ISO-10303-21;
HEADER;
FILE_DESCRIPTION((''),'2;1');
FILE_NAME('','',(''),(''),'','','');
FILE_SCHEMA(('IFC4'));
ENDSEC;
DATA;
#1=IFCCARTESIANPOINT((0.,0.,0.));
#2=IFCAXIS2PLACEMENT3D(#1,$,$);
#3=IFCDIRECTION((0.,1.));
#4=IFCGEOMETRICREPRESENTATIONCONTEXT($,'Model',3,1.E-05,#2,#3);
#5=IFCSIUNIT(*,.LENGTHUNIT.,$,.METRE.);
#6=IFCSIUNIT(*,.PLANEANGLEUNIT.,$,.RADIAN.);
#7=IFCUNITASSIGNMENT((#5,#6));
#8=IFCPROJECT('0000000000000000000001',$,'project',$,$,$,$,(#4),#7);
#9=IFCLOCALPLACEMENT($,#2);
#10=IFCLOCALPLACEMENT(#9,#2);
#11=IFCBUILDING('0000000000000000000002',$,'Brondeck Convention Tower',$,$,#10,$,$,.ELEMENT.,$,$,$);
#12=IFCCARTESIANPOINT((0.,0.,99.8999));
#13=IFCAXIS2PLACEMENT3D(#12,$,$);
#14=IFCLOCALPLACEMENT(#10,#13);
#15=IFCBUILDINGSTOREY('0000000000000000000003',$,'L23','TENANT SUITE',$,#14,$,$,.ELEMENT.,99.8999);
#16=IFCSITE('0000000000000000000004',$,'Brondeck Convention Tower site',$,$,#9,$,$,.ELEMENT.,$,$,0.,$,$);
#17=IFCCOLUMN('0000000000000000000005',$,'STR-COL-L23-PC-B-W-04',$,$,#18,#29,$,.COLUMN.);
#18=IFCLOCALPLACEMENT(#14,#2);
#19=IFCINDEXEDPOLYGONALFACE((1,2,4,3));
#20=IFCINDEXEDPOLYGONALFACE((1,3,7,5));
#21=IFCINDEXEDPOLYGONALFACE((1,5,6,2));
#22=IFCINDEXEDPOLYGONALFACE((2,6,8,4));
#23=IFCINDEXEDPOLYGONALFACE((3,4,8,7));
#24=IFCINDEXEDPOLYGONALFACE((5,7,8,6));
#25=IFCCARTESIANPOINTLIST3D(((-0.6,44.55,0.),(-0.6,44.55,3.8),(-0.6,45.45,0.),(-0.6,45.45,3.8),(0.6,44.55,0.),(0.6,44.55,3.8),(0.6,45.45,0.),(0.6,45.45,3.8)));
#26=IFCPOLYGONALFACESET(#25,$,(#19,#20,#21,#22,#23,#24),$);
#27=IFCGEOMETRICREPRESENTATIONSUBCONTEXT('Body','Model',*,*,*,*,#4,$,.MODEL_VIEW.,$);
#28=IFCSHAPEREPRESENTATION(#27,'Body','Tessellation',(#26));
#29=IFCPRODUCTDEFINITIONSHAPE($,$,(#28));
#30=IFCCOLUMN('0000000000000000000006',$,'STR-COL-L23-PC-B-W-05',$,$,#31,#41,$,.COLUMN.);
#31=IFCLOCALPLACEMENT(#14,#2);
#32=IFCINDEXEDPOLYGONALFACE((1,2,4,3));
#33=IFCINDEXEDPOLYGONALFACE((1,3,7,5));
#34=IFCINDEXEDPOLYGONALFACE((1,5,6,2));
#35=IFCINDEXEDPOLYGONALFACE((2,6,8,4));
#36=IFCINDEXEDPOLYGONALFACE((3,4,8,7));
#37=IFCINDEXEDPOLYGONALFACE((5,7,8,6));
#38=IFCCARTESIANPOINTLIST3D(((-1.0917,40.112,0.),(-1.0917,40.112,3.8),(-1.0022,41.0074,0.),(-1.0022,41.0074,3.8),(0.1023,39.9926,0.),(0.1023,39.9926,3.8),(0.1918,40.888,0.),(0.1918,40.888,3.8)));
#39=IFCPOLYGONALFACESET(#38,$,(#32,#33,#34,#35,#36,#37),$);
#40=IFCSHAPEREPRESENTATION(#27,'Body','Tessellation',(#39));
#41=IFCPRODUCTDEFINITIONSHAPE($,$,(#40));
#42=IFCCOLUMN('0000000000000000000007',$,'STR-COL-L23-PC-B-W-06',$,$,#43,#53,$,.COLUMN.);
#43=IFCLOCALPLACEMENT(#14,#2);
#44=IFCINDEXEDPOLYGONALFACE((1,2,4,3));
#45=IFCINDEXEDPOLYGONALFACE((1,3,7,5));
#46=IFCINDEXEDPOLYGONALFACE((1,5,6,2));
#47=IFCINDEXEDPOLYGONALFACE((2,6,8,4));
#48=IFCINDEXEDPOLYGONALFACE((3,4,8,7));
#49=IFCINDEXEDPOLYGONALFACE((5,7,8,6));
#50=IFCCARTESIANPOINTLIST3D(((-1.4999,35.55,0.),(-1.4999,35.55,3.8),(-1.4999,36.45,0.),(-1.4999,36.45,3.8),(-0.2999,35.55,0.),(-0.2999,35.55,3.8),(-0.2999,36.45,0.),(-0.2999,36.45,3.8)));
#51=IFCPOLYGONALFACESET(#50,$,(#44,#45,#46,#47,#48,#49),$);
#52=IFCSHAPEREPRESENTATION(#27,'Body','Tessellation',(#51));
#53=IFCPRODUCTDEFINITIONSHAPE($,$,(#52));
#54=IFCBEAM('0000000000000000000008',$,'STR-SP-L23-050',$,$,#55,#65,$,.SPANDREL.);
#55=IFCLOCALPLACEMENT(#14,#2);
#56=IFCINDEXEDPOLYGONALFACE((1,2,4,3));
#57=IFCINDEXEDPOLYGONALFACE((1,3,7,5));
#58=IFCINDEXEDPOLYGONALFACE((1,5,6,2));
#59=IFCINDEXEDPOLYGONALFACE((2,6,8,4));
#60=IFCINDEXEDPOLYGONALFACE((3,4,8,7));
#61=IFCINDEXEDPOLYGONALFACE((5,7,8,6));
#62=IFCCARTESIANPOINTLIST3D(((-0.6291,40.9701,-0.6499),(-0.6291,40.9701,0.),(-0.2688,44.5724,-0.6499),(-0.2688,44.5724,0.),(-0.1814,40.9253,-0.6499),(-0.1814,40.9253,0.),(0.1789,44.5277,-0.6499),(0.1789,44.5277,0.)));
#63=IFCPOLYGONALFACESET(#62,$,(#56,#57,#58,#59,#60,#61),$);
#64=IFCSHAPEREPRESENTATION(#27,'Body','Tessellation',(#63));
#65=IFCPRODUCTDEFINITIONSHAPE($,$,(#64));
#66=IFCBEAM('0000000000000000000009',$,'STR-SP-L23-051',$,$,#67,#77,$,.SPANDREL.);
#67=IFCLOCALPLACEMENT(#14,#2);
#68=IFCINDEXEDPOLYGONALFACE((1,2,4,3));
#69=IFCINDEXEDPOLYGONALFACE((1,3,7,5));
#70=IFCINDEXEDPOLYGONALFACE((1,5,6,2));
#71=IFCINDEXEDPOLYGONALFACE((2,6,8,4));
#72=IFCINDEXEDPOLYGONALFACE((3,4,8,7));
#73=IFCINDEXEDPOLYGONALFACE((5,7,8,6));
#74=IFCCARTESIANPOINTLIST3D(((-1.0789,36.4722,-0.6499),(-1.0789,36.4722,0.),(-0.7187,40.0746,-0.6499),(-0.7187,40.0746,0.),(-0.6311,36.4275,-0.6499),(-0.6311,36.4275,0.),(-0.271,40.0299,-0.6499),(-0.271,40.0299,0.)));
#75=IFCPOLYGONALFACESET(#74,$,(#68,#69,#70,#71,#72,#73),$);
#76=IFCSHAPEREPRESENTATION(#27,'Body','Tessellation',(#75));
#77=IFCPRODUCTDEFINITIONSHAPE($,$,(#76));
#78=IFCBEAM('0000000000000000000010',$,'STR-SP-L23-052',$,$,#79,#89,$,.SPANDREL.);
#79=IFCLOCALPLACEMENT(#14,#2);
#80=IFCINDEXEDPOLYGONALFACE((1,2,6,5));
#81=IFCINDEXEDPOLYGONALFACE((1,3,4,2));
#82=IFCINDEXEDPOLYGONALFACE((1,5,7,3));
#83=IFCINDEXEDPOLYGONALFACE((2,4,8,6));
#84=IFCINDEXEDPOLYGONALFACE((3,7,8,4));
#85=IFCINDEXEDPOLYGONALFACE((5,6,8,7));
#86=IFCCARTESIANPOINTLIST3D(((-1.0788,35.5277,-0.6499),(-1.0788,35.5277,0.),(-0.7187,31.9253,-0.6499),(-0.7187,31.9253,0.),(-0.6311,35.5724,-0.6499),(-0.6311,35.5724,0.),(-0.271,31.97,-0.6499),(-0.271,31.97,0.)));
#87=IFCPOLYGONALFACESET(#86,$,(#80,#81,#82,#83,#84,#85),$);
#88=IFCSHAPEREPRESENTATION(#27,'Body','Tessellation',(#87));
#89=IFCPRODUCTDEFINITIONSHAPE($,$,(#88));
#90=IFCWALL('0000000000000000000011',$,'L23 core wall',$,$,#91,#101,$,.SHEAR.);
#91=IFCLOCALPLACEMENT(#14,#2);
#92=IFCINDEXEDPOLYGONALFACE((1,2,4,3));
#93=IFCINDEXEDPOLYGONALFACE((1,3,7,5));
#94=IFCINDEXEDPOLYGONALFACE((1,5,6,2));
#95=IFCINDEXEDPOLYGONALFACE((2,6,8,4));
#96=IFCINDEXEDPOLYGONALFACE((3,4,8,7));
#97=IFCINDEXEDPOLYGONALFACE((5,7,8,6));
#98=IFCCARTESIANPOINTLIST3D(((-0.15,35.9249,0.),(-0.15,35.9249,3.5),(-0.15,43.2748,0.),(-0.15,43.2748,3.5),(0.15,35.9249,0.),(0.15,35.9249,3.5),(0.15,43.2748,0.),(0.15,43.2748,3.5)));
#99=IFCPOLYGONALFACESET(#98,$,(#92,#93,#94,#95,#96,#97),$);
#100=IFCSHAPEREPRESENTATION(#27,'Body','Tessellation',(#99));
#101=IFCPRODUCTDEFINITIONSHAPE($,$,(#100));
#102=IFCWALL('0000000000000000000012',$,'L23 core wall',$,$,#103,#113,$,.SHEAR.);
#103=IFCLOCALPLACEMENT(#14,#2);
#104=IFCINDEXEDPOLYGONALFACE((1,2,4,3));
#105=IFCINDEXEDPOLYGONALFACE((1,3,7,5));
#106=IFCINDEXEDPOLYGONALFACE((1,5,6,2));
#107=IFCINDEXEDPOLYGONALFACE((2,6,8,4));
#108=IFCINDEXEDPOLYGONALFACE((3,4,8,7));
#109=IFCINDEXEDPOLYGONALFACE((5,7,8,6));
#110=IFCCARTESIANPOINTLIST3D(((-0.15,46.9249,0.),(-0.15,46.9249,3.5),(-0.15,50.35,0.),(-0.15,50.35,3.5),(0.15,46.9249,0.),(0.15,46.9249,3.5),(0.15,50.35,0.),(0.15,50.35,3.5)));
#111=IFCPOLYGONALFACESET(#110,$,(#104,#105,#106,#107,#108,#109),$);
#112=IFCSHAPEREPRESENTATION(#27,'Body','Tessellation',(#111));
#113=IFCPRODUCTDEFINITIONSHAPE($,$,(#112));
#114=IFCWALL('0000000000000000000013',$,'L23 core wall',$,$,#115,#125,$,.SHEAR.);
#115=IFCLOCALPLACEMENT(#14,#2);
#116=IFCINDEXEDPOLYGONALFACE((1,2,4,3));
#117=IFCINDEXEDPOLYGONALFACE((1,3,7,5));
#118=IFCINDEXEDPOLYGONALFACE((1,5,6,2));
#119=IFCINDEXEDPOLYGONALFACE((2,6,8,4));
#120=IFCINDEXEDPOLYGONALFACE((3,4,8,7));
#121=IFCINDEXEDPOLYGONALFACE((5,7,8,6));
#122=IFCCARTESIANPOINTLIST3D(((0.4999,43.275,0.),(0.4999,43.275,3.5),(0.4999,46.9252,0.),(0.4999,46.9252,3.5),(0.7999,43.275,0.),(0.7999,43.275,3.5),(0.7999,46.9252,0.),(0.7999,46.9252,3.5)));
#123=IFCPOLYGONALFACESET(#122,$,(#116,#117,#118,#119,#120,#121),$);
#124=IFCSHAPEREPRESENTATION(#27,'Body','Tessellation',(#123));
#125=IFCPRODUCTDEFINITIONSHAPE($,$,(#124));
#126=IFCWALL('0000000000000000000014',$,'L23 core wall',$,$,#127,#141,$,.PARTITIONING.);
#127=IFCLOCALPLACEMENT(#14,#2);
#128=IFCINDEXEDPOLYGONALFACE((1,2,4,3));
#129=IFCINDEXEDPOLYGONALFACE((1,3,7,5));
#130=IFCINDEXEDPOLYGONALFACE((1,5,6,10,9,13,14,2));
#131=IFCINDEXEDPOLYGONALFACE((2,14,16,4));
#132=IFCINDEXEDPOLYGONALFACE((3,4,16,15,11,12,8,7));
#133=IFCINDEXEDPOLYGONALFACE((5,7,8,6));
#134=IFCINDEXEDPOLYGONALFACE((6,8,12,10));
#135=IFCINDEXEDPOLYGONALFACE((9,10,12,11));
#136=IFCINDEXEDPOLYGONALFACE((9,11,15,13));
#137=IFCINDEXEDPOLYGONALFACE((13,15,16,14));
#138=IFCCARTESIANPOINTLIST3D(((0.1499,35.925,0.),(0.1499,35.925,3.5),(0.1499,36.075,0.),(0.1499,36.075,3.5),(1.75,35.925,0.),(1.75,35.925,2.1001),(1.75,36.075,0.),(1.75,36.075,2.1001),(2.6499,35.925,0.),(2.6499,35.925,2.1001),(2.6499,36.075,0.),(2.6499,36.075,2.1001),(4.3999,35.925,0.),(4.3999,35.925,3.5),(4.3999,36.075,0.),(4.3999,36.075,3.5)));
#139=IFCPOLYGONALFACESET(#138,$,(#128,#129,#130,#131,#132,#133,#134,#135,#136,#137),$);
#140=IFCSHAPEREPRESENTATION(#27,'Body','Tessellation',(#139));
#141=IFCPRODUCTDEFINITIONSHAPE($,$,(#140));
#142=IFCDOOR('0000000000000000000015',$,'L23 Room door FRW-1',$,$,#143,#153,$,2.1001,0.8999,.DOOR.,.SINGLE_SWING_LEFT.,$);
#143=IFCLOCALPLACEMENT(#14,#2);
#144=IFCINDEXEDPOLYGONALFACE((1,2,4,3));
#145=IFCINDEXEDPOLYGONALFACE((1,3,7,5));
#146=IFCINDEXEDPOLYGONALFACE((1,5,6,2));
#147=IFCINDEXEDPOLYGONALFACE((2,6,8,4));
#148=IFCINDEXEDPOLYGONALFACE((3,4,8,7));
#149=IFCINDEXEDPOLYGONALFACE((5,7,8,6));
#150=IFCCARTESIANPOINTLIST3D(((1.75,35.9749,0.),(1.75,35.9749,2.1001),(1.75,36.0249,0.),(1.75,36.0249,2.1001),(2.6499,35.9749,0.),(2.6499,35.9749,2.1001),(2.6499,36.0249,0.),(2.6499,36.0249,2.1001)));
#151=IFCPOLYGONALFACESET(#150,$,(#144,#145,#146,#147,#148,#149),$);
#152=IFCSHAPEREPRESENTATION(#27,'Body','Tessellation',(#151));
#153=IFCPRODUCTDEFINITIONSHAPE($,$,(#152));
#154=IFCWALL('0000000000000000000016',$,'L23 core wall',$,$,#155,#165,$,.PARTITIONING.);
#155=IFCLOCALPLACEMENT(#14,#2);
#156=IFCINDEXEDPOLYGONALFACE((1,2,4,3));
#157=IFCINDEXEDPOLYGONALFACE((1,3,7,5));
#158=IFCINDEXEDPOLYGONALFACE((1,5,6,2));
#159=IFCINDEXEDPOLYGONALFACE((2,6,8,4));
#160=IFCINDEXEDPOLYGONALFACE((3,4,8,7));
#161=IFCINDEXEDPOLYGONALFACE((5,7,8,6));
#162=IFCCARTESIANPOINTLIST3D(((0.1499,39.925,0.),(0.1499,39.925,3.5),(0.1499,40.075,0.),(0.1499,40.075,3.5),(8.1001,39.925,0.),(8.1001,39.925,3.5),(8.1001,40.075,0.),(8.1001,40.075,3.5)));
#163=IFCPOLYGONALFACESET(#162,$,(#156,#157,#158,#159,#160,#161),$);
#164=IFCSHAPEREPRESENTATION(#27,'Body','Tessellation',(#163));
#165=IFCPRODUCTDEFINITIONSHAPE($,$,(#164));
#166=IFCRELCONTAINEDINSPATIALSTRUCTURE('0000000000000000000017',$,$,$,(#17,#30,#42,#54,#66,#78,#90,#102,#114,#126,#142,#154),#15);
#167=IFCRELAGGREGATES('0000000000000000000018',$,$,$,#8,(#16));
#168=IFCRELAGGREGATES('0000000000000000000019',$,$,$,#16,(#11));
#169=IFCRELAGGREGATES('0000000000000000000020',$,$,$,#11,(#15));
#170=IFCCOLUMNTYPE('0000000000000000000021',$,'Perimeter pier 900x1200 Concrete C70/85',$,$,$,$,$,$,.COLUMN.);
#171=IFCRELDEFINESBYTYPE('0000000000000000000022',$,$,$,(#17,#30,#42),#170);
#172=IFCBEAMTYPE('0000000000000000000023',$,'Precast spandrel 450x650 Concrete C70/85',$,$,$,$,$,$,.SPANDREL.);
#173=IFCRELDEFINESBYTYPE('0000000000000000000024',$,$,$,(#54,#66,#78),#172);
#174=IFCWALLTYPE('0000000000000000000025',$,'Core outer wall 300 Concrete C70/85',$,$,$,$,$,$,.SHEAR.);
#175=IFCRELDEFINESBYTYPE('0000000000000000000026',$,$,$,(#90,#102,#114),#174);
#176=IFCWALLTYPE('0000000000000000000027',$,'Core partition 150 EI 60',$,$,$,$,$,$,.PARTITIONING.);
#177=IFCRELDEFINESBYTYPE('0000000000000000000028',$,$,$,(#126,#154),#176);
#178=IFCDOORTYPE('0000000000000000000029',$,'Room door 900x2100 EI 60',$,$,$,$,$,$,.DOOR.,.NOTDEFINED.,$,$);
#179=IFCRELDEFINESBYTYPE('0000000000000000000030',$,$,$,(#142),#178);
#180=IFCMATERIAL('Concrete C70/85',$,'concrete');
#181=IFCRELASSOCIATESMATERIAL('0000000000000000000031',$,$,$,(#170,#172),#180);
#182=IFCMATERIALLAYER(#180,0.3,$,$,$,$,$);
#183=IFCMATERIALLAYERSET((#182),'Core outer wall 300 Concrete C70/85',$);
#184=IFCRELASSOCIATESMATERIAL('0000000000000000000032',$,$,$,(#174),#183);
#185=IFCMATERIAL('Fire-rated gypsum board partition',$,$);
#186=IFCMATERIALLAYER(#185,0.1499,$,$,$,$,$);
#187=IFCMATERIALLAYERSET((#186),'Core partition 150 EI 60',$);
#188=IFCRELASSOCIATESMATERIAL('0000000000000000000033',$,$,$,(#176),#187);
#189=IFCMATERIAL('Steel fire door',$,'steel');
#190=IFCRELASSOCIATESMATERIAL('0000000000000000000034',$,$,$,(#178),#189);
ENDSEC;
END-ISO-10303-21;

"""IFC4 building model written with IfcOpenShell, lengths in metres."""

from ifc_helpers import new_model, si_unit, direction, frame, frame_2d, origin, origin_2d, place, context, subcontext, project, spatial, rectangle, extrude, material, layer, layer_set, material_profile, profile_set, type_object, element, fill, save


model = new_model("IFC4")

# Units and contexts
model_context = context("Model", 3, precision=1e-05, world=origin(), true_north=direction((0.0, 1.0)))
body_context = subcontext(model_context, "Body", "Model", "MODEL_VIEW")
ifc_project = project(units=[si_unit("LENGTHUNIT", "METRE"), si_unit("PLANEANGLEUNIT", "RADIAN")], contexts=[model_context])

# Site, building, storey
site_placement = place(None, origin())
site = spatial("IfcSite", under=ifc_project, at=site_placement, Name="Brondeck Convention Tower site", CompositionType="ELEMENT", RefElevation=0.0)
building_placement = place(site_placement, origin())
building = spatial("IfcBuilding", under=site, at=building_placement, Name="Brondeck Convention Tower", CompositionType="ELEMENT")
storey_placement = place(building_placement, frame((0.0, 0.0, 99.8999)))
storey = spatial("IfcBuildingStorey", under=building, at=storey_placement, Name="L23", Description="TENANT SUITE", CompositionType="ELEMENT", Elevation=99.8999)

# Columns
ifc_material_1 = material(Name="Concrete C70/85", Category="concrete")
ifc_material_profile_1 = material_profile(ifc_material_1, rectangle(XDim=0.8999, YDim=1.2, at=origin_2d()), Name="Perimeter pier 900x1200 Concrete C70/85")
ifc_profile_set_1 = profile_set([ifc_material_profile_1], Name="Concrete C70/85")
column_type = type_object("IfcColumnType", Name="Perimeter pier 900x1200 Concrete C70/85", PredefinedType="COLUMN", material=ifc_profile_set_1)
for number, where, z_axis, x_axis, name in (
    (1, (0.0, 45.0, 0.0), (0.0, 0.0, 1.0), (0.0, -1.0, 0.0), "STR-COL-L23-PC-B-W-04"),
    (2, (-0.45, 40.5, 0.0), (0.0, 0.0, 1.0), (-0.099504, -0.995037, 0.0), "STR-COL-L23-PC-B-W-05"),
    (3, (-0.8999, 36.0, 0.0), (0.0, 0.0, 1.0), (0.0, -1.0, 0.0), "STR-COL-L23-PC-B-W-06"),
):
    element("IfcColumn", number, at=place(storey_placement, frame(where, z_axis=z_axis, x_axis=x_axis)), inside=storey, type_object=column_type, Name=name, PredefinedType="COLUMN", context=body_context, shape_type="SweptSolid", body=[
        extrude(rectangle(XDim=0.8999, YDim=1.2, at=origin_2d()), origin(), (0.0, 0.0, 1.0), 3.8),
    ])

# Beams
ifc_material_profile_2 = material_profile(ifc_material_1, rectangle(XDim=0.45, YDim=0.6499, at=origin_2d()), Name="Precast spandrel 450x650 Concrete C70/85")
ifc_profile_set_2 = profile_set([ifc_material_profile_2], Name="Concrete C70/85")
beam_type = type_object("IfcBeamType", Name="Precast spandrel 450x650 Concrete C70/85", PredefinedType="SPANDREL", material=ifc_profile_set_2)
for number, where, z_axis, x_axis, name in (
    (4, (-0.0449, 44.55, -0.325), (-0.099537, -0.995034, 0.0), (0.995034, -0.099537, 0.0), "STR-SP-L23-050"),
    (5, (-0.4949, 40.0522, -0.325), (-0.09947, -0.995041, 0.0), (0.995041, -0.09947, 0.0), "STR-SP-L23-051"),
    (6, (-0.855, 35.55, -0.325), (0.09947, -0.995041, 0.0), (0.995041, 0.09947, 0.0), "STR-SP-L23-052"),
):
    element("IfcBeam", number, at=place(storey_placement, frame(where, z_axis=z_axis, x_axis=x_axis)), inside=storey, type_object=beam_type, Name=name, PredefinedType="SPANDREL", context=body_context, shape_type="SweptSolid", body=[
        extrude(rectangle(XDim=0.45, YDim=0.6499, at=origin_2d()), origin(), (0.0, 0.0, 1.0), 3.6204),
    ])

# Walls
ifc_layer_1 = layer(ifc_material_1, 0.3)
ifc_layer_set_1 = layer_set([ifc_layer_1], Name="Core outer wall 300 Concrete C70/85")
wall_type_1 = type_object("IfcWallType", Name="Core outer wall 300 Concrete C70/85", PredefinedType="SHEAR", material=ifc_layer_set_1)
wall_1_placement = place(storey_placement, frame((0.0, 35.925, 0.0), z_axis=(0.0, 0.0, 1.0), x_axis=(0.0, 1.0, 0.0)))
element("IfcWall", 7, at=wall_1_placement, inside=storey, type_object=wall_type_1, Name="L23 core wall", PredefinedType="SHEAR", context=body_context, shape_type="SweptSolid", body=[
    extrude(rectangle(XDim=7.3499, YDim=0.3, at=frame_2d((3.6748, 0.0))), origin(), (0.0, 0.0, 1.0), 3.5),
])
wall_2_placement = place(storey_placement, frame((0.0, 46.925, 0.0), z_axis=(0.0, 0.0, 1.0), x_axis=(0.0, 1.0, 0.0)))
element("IfcWall", 8, at=wall_2_placement, inside=storey, type_object=wall_type_1, Name="L23 core wall", PredefinedType="SHEAR", context=body_context, shape_type="SweptSolid", body=[
    extrude(rectangle(XDim=3.425, YDim=0.3, at=frame_2d((1.7124, 0.0))), origin(), (0.0, 0.0, 1.0), 3.5),
])
wall_3_placement = place(storey_placement, frame((0.6499, 43.2749, 0.0), z_axis=(0.0, 0.0, 1.0), x_axis=(0.0, 1.0, 0.0)))
element("IfcWall", 9, at=wall_3_placement, inside=storey, type_object=wall_type_1, Name="L23 core wall", PredefinedType="SHEAR", context=body_context, shape_type="SweptSolid", body=[
    extrude(rectangle(XDim=3.6501, YDim=0.3, at=frame_2d((1.8252, 0.0))), origin(), (0.0, 0.0, 1.0), 3.5),
])

# Wall, opening, door
ifc_material_2 = material(Name="Fire-rated gypsum board partition")
ifc_layer_2 = layer(ifc_material_2, 0.1499)
ifc_layer_set_2 = layer_set([ifc_layer_2], Name="Core partition 150 EI 60")
wall_type_2 = type_object("IfcWallType", Name="Core partition 150 EI 60", PredefinedType="PARTITIONING", material=ifc_layer_set_2)
wall_4_placement = place(storey_placement, frame((0.1499, 36.0, 0.0), z_axis=(0.0, 0.0, 1.0), x_axis=(1.0, 0.0, 0.0)))
wall_4 = element("IfcWall", 10, at=wall_4_placement, inside=storey, type_object=wall_type_2, Name="L23 core wall", PredefinedType="PARTITIONING", context=body_context, shape_type="SweptSolid", body=[
    extrude(rectangle(XDim=4.25, YDim=0.1499, at=frame_2d((2.125, 0.0))), origin(), (0.0, 0.0, 1.0), 3.5),
])
opening_1_placement = place(wall_4_placement, frame((1.6001, 0.0, 0.0)))
opening_1 = element("IfcOpeningElement", 11, at=opening_1_placement, cuts=wall_4, PredefinedType="OPENING", context=body_context, shape_type="SweptSolid", body=[
    extrude(rectangle(XDim=0.8999, YDim=2.1001, at=frame_2d((0.45, 1.05))), frame((0.0, 0.085, 0.0), z_axis=(0.0, -1.0, 0.0), x_axis=(1.0, 0.0, 0.0)), (0.0, 0.0, 1.0), 0.1699),
])
ifc_material_3 = material(Name="Steel fire door", Category="steel")
door_type_1 = type_object("IfcDoorType", Name="Room door 900x2100 EI 60", OperationType="NOTDEFINED", PredefinedType="DOOR", material=ifc_material_3)
door_1_placement = place(opening_1_placement, origin())
door_1 = element("IfcDoor", 12, at=door_1_placement, inside=storey, type_object=door_type_1, Name="L23 Room door FRW-1", OperationType="SINGLE_SWING_LEFT", OverallHeight=2.1001, OverallWidth=0.8999, PredefinedType="DOOR", context=body_context, shape_type="SweptSolid", body=[
    extrude(rectangle(XDim=0.8999, YDim=2.1001, at=frame_2d((0.45, 1.05))), frame((0.0, 0.0249, 0.0), z_axis=(0.0, -1.0, 0.0), x_axis=(1.0, 0.0, 0.0)), (0.0, 0.0, 1.0), 0.05),
])
fill(opening_1, door_1)

# Wall
wall_5_placement = place(storey_placement, frame((0.1499, 40.0, 0.0), z_axis=(0.0, 0.0, 1.0), x_axis=(1.0, 0.0, 0.0)))
element("IfcWall", 13, at=wall_5_placement, inside=storey, type_object=wall_type_2, Name="L23 core wall", PredefinedType="PARTITIONING", context=body_context, shape_type="SweptSolid", body=[
    extrude(rectangle(XDim=7.9502, YDim=0.1499, at=frame_2d((3.9751, 0.0))), origin(), (0.0, 0.0, 1.0), 3.5),
])

save(model, "model.ifc")
